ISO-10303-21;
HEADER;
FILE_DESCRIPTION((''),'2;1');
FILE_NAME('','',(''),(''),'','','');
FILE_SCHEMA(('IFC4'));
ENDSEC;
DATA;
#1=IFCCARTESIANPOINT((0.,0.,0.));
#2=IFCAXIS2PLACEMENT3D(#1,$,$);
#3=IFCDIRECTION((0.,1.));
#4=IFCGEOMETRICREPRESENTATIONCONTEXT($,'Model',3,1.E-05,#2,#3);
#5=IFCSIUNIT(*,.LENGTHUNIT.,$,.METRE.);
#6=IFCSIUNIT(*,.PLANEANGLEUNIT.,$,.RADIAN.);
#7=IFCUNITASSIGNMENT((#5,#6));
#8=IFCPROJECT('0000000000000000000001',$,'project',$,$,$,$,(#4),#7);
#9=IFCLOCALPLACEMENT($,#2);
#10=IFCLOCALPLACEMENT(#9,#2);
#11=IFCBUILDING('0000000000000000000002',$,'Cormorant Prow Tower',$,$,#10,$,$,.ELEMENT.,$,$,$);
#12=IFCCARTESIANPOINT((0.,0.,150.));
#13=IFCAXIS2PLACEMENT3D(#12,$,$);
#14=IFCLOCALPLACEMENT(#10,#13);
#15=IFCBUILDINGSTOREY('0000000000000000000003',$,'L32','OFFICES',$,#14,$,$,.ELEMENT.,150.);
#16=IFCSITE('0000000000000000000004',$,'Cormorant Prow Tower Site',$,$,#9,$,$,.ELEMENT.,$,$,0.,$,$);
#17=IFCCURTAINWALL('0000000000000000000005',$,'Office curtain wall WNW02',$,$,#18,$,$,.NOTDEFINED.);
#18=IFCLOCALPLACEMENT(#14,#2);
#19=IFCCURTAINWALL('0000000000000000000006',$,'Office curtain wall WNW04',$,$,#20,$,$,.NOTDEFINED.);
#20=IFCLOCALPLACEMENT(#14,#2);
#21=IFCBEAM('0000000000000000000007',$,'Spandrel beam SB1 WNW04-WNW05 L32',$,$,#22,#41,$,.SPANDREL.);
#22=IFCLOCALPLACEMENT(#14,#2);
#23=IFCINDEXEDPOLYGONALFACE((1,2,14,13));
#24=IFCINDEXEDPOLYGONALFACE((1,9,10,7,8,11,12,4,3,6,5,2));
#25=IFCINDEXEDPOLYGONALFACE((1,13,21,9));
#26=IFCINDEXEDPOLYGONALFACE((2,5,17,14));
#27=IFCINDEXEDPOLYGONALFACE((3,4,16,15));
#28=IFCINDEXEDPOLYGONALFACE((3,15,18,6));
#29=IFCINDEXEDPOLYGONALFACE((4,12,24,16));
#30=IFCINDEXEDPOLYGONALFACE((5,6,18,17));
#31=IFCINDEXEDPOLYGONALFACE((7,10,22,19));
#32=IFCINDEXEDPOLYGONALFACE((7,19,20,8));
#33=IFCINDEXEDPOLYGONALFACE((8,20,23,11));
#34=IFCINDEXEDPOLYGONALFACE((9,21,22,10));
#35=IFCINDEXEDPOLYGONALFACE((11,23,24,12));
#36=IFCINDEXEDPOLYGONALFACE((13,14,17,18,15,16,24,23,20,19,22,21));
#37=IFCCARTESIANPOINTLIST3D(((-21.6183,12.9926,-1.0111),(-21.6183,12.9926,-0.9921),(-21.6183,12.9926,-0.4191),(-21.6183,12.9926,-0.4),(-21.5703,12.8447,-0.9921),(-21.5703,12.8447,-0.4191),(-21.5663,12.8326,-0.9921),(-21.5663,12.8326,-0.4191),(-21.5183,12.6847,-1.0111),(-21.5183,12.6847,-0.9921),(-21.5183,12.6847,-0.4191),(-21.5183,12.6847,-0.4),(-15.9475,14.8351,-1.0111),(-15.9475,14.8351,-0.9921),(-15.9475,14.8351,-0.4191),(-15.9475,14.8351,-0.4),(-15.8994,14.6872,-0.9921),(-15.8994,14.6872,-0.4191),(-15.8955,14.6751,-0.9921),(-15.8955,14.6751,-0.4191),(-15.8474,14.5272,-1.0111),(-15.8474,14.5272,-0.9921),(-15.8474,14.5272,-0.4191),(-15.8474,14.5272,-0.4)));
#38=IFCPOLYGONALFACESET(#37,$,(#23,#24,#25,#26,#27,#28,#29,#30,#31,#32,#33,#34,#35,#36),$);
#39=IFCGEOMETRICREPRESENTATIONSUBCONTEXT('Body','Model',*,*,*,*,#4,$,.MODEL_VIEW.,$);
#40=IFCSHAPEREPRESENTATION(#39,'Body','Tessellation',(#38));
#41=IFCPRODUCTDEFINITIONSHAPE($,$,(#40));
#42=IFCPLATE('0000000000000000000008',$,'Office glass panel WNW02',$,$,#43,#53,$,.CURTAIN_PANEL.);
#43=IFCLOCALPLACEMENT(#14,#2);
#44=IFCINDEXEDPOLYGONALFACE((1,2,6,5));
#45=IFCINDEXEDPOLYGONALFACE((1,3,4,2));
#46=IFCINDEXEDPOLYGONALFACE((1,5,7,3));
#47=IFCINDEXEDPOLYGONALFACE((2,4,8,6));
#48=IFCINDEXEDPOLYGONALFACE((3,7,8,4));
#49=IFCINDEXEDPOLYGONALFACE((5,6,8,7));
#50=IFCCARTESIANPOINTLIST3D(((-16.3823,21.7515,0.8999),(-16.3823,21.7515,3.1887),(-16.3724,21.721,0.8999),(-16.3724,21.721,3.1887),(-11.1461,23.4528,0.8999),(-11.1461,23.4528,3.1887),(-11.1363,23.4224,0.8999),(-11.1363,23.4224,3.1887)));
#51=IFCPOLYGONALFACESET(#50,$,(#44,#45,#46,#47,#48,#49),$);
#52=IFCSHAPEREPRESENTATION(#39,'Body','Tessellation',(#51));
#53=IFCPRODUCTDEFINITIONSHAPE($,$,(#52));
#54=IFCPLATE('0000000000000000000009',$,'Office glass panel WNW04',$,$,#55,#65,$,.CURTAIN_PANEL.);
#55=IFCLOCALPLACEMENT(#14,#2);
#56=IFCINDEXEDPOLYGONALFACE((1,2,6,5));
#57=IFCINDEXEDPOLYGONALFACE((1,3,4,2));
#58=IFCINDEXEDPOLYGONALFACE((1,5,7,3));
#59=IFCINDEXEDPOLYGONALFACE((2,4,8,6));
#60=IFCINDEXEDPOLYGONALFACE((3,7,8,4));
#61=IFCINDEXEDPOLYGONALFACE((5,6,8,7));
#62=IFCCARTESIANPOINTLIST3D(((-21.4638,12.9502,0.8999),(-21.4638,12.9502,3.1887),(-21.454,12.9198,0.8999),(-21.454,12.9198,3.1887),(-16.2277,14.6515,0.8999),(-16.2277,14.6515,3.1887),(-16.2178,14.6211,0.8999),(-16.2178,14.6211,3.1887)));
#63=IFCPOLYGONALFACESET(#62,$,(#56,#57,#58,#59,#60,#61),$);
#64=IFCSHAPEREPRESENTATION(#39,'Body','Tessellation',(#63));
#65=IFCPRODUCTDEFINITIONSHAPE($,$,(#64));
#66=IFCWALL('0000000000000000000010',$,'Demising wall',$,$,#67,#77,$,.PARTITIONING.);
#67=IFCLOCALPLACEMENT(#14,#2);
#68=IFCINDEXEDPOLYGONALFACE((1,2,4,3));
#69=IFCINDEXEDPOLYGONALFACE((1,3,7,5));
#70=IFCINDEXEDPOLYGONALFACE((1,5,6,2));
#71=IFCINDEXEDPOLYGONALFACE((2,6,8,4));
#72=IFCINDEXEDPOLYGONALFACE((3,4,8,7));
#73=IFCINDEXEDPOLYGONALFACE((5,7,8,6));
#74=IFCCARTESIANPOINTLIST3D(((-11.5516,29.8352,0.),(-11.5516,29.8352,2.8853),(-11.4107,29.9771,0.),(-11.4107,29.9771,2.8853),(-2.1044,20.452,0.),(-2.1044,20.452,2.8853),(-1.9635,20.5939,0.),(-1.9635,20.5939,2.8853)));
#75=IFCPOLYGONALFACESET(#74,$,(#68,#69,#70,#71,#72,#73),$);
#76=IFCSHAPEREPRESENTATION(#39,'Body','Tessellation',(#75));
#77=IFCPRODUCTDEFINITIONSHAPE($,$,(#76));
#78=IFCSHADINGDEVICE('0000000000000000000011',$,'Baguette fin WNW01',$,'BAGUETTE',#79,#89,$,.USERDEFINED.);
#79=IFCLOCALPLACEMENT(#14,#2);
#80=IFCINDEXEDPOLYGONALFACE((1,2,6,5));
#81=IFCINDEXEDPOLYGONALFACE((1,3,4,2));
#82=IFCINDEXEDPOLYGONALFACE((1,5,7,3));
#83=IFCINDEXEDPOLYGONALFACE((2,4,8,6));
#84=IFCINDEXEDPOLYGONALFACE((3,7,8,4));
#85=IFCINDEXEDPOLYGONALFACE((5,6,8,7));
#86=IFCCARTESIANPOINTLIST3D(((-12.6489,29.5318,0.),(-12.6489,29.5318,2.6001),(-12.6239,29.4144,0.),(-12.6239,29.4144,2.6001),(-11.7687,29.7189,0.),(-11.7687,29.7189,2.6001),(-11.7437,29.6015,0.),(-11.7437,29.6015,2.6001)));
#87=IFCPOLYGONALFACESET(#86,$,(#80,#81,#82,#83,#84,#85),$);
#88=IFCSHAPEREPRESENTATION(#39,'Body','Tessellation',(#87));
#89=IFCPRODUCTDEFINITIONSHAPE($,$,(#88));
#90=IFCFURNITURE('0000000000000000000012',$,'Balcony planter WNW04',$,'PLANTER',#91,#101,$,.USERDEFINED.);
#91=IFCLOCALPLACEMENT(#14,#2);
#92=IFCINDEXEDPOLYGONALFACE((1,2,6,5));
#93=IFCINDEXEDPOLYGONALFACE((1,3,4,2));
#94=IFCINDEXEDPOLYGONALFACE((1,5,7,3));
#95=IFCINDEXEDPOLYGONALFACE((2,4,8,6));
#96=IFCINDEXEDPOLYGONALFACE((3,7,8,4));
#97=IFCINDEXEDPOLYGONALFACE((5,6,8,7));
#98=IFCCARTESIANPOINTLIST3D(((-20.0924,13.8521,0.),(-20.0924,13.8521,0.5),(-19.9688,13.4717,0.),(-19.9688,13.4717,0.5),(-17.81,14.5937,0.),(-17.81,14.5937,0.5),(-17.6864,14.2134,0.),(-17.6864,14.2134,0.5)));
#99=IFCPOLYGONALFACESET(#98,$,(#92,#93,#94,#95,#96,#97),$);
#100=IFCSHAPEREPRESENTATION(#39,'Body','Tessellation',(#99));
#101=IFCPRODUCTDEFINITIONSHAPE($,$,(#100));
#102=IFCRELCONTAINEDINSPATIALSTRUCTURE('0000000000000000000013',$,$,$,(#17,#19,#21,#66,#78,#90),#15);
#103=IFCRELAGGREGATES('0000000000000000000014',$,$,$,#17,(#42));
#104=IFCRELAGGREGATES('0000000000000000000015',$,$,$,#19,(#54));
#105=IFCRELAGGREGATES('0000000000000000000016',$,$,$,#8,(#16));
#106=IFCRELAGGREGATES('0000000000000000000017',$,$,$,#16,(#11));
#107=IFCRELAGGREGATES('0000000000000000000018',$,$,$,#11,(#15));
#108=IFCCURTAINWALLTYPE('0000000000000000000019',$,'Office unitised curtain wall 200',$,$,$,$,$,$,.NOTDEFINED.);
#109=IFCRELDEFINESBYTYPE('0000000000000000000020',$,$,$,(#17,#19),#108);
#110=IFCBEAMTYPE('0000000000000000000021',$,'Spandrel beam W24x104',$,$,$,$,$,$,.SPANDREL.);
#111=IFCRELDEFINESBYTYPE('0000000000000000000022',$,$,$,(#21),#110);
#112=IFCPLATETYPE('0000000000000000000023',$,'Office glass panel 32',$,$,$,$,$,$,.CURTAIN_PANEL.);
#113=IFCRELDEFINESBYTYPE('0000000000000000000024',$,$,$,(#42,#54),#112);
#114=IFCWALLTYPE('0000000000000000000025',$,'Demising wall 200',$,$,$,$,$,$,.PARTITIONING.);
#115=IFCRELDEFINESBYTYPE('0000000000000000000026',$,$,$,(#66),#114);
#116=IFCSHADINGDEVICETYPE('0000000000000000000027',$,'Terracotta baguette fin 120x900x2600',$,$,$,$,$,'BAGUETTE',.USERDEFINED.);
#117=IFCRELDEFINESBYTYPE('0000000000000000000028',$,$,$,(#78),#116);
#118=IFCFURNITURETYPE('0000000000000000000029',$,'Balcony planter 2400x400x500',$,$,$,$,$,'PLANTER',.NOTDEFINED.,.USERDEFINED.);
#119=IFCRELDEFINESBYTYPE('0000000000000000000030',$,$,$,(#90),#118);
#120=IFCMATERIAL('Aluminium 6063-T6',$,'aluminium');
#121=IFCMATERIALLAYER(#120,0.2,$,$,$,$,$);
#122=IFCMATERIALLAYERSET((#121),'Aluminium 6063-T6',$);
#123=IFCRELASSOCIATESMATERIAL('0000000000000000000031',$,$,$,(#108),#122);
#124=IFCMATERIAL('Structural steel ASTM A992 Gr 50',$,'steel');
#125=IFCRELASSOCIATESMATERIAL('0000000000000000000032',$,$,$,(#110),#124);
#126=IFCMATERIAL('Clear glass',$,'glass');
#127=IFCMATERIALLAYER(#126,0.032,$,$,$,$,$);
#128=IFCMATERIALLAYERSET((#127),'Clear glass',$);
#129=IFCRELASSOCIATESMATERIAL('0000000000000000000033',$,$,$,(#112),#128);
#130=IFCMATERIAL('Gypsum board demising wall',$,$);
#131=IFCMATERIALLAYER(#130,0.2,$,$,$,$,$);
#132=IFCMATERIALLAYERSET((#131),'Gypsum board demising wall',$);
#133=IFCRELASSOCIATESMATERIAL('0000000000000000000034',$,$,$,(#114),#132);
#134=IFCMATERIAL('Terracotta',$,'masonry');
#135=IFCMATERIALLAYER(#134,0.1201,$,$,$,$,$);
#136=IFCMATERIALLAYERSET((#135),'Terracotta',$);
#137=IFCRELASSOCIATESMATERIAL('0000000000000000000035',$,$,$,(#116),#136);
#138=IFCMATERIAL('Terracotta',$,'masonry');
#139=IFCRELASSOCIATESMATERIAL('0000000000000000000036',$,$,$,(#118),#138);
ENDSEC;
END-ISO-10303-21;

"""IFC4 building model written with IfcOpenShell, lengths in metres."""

from ifc_helpers import new_model, si_unit, direction, frame, frame_2d, origin, origin_2d, place, context, subcontext, project, spatial, rectangle, i_section, extrude, material, layer, layer_set, material_profile, profile_set, type_object, element, aggregate, save


model = new_model("IFC4")

# Units and contexts
model_context = context("Model", 3, precision=1e-05, world=origin(), true_north=direction((0.0, 1.0)))
body_context = subcontext(model_context, "Body", "Model", "MODEL_VIEW")
ifc_project = project(units=[si_unit("LENGTHUNIT", "METRE"), si_unit("PLANEANGLEUNIT", "RADIAN")], contexts=[model_context])

# Site, building, storey
site_placement = place(None, origin())
site = spatial("IfcSite", under=ifc_project, at=site_placement, Name="Cormorant Prow Tower Site", CompositionType="ELEMENT", RefElevation=0.0)
building_placement = place(site_placement, origin())
building = spatial("IfcBuilding", under=site, at=building_placement, Name="Cormorant Prow Tower", CompositionType="ELEMENT")
storey_placement = place(building_placement, frame((0.0, 0.0, 150.0)))
storey = spatial("IfcBuildingStorey", under=building, at=storey_placement, Name="L32", Description="OFFICES", CompositionType="ELEMENT", Elevation=150.0)

# Curtain walls
ifc_material_1 = material(Name="Aluminium 6063-T6", Category="aluminium")
ifc_layer_1 = layer(ifc_material_1, 0.2)
ifc_layer_set_1 = layer_set([ifc_layer_1], Name="Aluminium 6063-T6")
curtain_wall_type = type_object("IfcCurtainWallType", Name="Office unitised curtain wall 200", PredefinedType="NOTDEFINED", material=ifc_layer_set_1)
curtain_wall_1_placement = place(storey_placement, origin())
curtain_wall_1 = element("IfcCurtainWall", 1, at=curtain_wall_1_placement, inside=storey, type_object=curtain_wall_type, Name="Office curtain wall WNW02", PredefinedType="NOTDEFINED")
curtain_wall_2_placement = place(storey_placement, origin())
curtain_wall_2 = element("IfcCurtainWall", 2, at=curtain_wall_2_placement, inside=storey, type_object=curtain_wall_type, Name="Office curtain wall WNW04", PredefinedType="NOTDEFINED")

# Beam
ifc_material_2 = material(Name="Structural steel ASTM A992 Gr 50", Category="steel")
ifc_material_profile_1 = material_profile(ifc_material_2, i_section(OverallWidth=0.3237, OverallDepth=0.6111, WebThickness=0.0127, FlangeThickness=0.019, at=origin_2d()), Name="W24x104")
ifc_profile_set_1 = profile_set([ifc_material_profile_1], Name="Structural steel ASTM A992 Gr 50")
beam_type = type_object("IfcBeamType", Name="Spandrel beam W24x104", PredefinedType="SPANDREL", material=ifc_profile_set_1)
for number, where, z_axis, x_axis, name in (
    (3, (-15.8975, 14.6812, -0.7056), (-0.951059, -0.309008, 0.0), (0.309008, -0.951059, 0.0), "Spandrel beam SB1 WNW04-WNW05 L32"),
):
    element("IfcBeam", number, at=place(storey_placement, frame(where, z_axis=z_axis, x_axis=x_axis)), inside=storey, type_object=beam_type, Name=name, PredefinedType="SPANDREL", context=body_context, shape_type="SweptSolid", body=[
        extrude(i_section(OverallWidth=0.3237, OverallDepth=0.6111, WebThickness=0.0127, FlangeThickness=0.019, at=origin_2d()), origin(), (0.0, 0.0, 1.0), 5.9626),
    ])

# Plates
ifc_material_3 = material(Name="Clear glass", Category="glass")
ifc_layer_2 = layer(ifc_material_3, 0.032)
ifc_layer_set_2 = layer_set([ifc_layer_2], Name="Clear glass")
plate_type = type_object("IfcPlateType", Name="Office glass panel 32", PredefinedType="CURTAIN_PANEL", material=ifc_layer_set_2)
plate_1_placement = place(storey_placement, frame((-13.7593, 22.5869, 0.8999), z_axis=(0.0, 0.0, 1.0), x_axis=(-0.951057, -0.309017, 0.0)))
plate_1 = element("IfcPlate", 4, at=plate_1_placement, type_object=plate_type, Name="Office glass panel WNW02", PredefinedType="CURTAIN_PANEL", context=body_context, shape_type="SweptSolid", body=[
    extrude(rectangle(XDim=5.5056, YDim=0.032, at=origin_2d()), origin(), (0.0, 0.0, 1.0), 2.2888),
])
aggregate(curtain_wall_1, [plate_1])
plate_2_placement = place(storey_placement, frame((-18.8408, 13.7856, 0.8999), z_axis=(0.0, 0.0, 1.0), x_axis=(-0.951057, -0.309017, 0.0)))
plate_2 = element("IfcPlate", 5, at=plate_2_placement, type_object=plate_type, Name="Office glass panel WNW04", PredefinedType="CURTAIN_PANEL", context=body_context, shape_type="SweptSolid", body=[
    extrude(rectangle(XDim=5.5056, YDim=0.032, at=origin_2d()), origin(), (0.0, 0.0, 1.0), 2.2888),
])
aggregate(curtain_wall_2, [plate_2])

# Wall
ifc_material_4 = material(Name="Gypsum board demising wall")
ifc_layer_3 = layer(ifc_material_4, 0.2)
ifc_layer_set_3 = layer_set([ifc_layer_3], Name="Gypsum board demising wall")
wall_type_1 = type_object("IfcWallType", Name="Demising wall 200", PredefinedType="PARTITIONING", material=ifc_layer_set_3)
wall_1_placement = place(storey_placement, frame((-11.4812, 29.9062, 0.0), z_axis=(0.0, 0.0, 1.0), x_axis=(0.709505, -0.704701, 0.0)))
element("IfcWall", 6, at=wall_1_placement, inside=storey, type_object=wall_type_1, Name="Demising wall", PredefinedType="PARTITIONING", context=body_context, shape_type="SweptSolid", body=[
    extrude(rectangle(XDim=13.3152, YDim=0.2, at=frame_2d((6.6577, 0.0))), origin(), (0.0, 0.0, 1.0), 2.8853),
])

# Shading device
ifc_material_5 = material(Name="Terracotta", Category="masonry")
ifc_layer_4 = layer(ifc_material_5, 0.1201)
ifc_layer_set_4 = layer_set([ifc_layer_4], Name="Terracotta")
shading_device_type = type_object("IfcShadingDeviceType", Name="Terracotta baguette fin 120x900x2600", ElementType="BAGUETTE", PredefinedType="USERDEFINED", material=ifc_layer_set_4)
shading_device_placement = place(storey_placement, frame((-12.1963, 29.5667, 0.0), z_axis=(0.0, 0.0, 1.0), x_axis=(0.207912, -0.978148, 0.0)))
element("IfcShadingDevice", 7, at=shading_device_placement, inside=storey, type_object=shading_device_type, Name="Baguette fin WNW01", ObjectType="BAGUETTE", PredefinedType="USERDEFINED", context=body_context, shape_type="SweptSolid", body=[
    extrude(rectangle(XDim=0.1201, YDim=0.8999, at=origin_2d()), origin(), (0.0, 0.0, 1.0), 2.6001),
])

# Furniture
ifc_material_6 = material(Name="Terracotta", Category="masonry")
furniture_type = type_object("IfcFurnitureType", Name="Balcony planter 2400x400x500", ElementType="PLANTER", AssemblyPlace="NOTDEFINED", PredefinedType="USERDEFINED", material=ifc_material_6)
furniture_placement = place(storey_placement, frame((-18.8894, 14.0327, 0.0), z_axis=(0.0, 0.0, 1.0), x_axis=(-0.951057, -0.309017, 0.0)))
element("IfcFurniture", 8, at=furniture_placement, inside=storey, type_object=furniture_type, Name="Balcony planter WNW04", ObjectType="PLANTER", PredefinedType="USERDEFINED", context=body_context, shape_type="SweptSolid", body=[
    extrude(rectangle(XDim=2.3999, YDim=0.3999, at=origin_2d()), origin(), (0.0, 0.0, 1.0), 0.5),
])

save(model, "model.ifc")
